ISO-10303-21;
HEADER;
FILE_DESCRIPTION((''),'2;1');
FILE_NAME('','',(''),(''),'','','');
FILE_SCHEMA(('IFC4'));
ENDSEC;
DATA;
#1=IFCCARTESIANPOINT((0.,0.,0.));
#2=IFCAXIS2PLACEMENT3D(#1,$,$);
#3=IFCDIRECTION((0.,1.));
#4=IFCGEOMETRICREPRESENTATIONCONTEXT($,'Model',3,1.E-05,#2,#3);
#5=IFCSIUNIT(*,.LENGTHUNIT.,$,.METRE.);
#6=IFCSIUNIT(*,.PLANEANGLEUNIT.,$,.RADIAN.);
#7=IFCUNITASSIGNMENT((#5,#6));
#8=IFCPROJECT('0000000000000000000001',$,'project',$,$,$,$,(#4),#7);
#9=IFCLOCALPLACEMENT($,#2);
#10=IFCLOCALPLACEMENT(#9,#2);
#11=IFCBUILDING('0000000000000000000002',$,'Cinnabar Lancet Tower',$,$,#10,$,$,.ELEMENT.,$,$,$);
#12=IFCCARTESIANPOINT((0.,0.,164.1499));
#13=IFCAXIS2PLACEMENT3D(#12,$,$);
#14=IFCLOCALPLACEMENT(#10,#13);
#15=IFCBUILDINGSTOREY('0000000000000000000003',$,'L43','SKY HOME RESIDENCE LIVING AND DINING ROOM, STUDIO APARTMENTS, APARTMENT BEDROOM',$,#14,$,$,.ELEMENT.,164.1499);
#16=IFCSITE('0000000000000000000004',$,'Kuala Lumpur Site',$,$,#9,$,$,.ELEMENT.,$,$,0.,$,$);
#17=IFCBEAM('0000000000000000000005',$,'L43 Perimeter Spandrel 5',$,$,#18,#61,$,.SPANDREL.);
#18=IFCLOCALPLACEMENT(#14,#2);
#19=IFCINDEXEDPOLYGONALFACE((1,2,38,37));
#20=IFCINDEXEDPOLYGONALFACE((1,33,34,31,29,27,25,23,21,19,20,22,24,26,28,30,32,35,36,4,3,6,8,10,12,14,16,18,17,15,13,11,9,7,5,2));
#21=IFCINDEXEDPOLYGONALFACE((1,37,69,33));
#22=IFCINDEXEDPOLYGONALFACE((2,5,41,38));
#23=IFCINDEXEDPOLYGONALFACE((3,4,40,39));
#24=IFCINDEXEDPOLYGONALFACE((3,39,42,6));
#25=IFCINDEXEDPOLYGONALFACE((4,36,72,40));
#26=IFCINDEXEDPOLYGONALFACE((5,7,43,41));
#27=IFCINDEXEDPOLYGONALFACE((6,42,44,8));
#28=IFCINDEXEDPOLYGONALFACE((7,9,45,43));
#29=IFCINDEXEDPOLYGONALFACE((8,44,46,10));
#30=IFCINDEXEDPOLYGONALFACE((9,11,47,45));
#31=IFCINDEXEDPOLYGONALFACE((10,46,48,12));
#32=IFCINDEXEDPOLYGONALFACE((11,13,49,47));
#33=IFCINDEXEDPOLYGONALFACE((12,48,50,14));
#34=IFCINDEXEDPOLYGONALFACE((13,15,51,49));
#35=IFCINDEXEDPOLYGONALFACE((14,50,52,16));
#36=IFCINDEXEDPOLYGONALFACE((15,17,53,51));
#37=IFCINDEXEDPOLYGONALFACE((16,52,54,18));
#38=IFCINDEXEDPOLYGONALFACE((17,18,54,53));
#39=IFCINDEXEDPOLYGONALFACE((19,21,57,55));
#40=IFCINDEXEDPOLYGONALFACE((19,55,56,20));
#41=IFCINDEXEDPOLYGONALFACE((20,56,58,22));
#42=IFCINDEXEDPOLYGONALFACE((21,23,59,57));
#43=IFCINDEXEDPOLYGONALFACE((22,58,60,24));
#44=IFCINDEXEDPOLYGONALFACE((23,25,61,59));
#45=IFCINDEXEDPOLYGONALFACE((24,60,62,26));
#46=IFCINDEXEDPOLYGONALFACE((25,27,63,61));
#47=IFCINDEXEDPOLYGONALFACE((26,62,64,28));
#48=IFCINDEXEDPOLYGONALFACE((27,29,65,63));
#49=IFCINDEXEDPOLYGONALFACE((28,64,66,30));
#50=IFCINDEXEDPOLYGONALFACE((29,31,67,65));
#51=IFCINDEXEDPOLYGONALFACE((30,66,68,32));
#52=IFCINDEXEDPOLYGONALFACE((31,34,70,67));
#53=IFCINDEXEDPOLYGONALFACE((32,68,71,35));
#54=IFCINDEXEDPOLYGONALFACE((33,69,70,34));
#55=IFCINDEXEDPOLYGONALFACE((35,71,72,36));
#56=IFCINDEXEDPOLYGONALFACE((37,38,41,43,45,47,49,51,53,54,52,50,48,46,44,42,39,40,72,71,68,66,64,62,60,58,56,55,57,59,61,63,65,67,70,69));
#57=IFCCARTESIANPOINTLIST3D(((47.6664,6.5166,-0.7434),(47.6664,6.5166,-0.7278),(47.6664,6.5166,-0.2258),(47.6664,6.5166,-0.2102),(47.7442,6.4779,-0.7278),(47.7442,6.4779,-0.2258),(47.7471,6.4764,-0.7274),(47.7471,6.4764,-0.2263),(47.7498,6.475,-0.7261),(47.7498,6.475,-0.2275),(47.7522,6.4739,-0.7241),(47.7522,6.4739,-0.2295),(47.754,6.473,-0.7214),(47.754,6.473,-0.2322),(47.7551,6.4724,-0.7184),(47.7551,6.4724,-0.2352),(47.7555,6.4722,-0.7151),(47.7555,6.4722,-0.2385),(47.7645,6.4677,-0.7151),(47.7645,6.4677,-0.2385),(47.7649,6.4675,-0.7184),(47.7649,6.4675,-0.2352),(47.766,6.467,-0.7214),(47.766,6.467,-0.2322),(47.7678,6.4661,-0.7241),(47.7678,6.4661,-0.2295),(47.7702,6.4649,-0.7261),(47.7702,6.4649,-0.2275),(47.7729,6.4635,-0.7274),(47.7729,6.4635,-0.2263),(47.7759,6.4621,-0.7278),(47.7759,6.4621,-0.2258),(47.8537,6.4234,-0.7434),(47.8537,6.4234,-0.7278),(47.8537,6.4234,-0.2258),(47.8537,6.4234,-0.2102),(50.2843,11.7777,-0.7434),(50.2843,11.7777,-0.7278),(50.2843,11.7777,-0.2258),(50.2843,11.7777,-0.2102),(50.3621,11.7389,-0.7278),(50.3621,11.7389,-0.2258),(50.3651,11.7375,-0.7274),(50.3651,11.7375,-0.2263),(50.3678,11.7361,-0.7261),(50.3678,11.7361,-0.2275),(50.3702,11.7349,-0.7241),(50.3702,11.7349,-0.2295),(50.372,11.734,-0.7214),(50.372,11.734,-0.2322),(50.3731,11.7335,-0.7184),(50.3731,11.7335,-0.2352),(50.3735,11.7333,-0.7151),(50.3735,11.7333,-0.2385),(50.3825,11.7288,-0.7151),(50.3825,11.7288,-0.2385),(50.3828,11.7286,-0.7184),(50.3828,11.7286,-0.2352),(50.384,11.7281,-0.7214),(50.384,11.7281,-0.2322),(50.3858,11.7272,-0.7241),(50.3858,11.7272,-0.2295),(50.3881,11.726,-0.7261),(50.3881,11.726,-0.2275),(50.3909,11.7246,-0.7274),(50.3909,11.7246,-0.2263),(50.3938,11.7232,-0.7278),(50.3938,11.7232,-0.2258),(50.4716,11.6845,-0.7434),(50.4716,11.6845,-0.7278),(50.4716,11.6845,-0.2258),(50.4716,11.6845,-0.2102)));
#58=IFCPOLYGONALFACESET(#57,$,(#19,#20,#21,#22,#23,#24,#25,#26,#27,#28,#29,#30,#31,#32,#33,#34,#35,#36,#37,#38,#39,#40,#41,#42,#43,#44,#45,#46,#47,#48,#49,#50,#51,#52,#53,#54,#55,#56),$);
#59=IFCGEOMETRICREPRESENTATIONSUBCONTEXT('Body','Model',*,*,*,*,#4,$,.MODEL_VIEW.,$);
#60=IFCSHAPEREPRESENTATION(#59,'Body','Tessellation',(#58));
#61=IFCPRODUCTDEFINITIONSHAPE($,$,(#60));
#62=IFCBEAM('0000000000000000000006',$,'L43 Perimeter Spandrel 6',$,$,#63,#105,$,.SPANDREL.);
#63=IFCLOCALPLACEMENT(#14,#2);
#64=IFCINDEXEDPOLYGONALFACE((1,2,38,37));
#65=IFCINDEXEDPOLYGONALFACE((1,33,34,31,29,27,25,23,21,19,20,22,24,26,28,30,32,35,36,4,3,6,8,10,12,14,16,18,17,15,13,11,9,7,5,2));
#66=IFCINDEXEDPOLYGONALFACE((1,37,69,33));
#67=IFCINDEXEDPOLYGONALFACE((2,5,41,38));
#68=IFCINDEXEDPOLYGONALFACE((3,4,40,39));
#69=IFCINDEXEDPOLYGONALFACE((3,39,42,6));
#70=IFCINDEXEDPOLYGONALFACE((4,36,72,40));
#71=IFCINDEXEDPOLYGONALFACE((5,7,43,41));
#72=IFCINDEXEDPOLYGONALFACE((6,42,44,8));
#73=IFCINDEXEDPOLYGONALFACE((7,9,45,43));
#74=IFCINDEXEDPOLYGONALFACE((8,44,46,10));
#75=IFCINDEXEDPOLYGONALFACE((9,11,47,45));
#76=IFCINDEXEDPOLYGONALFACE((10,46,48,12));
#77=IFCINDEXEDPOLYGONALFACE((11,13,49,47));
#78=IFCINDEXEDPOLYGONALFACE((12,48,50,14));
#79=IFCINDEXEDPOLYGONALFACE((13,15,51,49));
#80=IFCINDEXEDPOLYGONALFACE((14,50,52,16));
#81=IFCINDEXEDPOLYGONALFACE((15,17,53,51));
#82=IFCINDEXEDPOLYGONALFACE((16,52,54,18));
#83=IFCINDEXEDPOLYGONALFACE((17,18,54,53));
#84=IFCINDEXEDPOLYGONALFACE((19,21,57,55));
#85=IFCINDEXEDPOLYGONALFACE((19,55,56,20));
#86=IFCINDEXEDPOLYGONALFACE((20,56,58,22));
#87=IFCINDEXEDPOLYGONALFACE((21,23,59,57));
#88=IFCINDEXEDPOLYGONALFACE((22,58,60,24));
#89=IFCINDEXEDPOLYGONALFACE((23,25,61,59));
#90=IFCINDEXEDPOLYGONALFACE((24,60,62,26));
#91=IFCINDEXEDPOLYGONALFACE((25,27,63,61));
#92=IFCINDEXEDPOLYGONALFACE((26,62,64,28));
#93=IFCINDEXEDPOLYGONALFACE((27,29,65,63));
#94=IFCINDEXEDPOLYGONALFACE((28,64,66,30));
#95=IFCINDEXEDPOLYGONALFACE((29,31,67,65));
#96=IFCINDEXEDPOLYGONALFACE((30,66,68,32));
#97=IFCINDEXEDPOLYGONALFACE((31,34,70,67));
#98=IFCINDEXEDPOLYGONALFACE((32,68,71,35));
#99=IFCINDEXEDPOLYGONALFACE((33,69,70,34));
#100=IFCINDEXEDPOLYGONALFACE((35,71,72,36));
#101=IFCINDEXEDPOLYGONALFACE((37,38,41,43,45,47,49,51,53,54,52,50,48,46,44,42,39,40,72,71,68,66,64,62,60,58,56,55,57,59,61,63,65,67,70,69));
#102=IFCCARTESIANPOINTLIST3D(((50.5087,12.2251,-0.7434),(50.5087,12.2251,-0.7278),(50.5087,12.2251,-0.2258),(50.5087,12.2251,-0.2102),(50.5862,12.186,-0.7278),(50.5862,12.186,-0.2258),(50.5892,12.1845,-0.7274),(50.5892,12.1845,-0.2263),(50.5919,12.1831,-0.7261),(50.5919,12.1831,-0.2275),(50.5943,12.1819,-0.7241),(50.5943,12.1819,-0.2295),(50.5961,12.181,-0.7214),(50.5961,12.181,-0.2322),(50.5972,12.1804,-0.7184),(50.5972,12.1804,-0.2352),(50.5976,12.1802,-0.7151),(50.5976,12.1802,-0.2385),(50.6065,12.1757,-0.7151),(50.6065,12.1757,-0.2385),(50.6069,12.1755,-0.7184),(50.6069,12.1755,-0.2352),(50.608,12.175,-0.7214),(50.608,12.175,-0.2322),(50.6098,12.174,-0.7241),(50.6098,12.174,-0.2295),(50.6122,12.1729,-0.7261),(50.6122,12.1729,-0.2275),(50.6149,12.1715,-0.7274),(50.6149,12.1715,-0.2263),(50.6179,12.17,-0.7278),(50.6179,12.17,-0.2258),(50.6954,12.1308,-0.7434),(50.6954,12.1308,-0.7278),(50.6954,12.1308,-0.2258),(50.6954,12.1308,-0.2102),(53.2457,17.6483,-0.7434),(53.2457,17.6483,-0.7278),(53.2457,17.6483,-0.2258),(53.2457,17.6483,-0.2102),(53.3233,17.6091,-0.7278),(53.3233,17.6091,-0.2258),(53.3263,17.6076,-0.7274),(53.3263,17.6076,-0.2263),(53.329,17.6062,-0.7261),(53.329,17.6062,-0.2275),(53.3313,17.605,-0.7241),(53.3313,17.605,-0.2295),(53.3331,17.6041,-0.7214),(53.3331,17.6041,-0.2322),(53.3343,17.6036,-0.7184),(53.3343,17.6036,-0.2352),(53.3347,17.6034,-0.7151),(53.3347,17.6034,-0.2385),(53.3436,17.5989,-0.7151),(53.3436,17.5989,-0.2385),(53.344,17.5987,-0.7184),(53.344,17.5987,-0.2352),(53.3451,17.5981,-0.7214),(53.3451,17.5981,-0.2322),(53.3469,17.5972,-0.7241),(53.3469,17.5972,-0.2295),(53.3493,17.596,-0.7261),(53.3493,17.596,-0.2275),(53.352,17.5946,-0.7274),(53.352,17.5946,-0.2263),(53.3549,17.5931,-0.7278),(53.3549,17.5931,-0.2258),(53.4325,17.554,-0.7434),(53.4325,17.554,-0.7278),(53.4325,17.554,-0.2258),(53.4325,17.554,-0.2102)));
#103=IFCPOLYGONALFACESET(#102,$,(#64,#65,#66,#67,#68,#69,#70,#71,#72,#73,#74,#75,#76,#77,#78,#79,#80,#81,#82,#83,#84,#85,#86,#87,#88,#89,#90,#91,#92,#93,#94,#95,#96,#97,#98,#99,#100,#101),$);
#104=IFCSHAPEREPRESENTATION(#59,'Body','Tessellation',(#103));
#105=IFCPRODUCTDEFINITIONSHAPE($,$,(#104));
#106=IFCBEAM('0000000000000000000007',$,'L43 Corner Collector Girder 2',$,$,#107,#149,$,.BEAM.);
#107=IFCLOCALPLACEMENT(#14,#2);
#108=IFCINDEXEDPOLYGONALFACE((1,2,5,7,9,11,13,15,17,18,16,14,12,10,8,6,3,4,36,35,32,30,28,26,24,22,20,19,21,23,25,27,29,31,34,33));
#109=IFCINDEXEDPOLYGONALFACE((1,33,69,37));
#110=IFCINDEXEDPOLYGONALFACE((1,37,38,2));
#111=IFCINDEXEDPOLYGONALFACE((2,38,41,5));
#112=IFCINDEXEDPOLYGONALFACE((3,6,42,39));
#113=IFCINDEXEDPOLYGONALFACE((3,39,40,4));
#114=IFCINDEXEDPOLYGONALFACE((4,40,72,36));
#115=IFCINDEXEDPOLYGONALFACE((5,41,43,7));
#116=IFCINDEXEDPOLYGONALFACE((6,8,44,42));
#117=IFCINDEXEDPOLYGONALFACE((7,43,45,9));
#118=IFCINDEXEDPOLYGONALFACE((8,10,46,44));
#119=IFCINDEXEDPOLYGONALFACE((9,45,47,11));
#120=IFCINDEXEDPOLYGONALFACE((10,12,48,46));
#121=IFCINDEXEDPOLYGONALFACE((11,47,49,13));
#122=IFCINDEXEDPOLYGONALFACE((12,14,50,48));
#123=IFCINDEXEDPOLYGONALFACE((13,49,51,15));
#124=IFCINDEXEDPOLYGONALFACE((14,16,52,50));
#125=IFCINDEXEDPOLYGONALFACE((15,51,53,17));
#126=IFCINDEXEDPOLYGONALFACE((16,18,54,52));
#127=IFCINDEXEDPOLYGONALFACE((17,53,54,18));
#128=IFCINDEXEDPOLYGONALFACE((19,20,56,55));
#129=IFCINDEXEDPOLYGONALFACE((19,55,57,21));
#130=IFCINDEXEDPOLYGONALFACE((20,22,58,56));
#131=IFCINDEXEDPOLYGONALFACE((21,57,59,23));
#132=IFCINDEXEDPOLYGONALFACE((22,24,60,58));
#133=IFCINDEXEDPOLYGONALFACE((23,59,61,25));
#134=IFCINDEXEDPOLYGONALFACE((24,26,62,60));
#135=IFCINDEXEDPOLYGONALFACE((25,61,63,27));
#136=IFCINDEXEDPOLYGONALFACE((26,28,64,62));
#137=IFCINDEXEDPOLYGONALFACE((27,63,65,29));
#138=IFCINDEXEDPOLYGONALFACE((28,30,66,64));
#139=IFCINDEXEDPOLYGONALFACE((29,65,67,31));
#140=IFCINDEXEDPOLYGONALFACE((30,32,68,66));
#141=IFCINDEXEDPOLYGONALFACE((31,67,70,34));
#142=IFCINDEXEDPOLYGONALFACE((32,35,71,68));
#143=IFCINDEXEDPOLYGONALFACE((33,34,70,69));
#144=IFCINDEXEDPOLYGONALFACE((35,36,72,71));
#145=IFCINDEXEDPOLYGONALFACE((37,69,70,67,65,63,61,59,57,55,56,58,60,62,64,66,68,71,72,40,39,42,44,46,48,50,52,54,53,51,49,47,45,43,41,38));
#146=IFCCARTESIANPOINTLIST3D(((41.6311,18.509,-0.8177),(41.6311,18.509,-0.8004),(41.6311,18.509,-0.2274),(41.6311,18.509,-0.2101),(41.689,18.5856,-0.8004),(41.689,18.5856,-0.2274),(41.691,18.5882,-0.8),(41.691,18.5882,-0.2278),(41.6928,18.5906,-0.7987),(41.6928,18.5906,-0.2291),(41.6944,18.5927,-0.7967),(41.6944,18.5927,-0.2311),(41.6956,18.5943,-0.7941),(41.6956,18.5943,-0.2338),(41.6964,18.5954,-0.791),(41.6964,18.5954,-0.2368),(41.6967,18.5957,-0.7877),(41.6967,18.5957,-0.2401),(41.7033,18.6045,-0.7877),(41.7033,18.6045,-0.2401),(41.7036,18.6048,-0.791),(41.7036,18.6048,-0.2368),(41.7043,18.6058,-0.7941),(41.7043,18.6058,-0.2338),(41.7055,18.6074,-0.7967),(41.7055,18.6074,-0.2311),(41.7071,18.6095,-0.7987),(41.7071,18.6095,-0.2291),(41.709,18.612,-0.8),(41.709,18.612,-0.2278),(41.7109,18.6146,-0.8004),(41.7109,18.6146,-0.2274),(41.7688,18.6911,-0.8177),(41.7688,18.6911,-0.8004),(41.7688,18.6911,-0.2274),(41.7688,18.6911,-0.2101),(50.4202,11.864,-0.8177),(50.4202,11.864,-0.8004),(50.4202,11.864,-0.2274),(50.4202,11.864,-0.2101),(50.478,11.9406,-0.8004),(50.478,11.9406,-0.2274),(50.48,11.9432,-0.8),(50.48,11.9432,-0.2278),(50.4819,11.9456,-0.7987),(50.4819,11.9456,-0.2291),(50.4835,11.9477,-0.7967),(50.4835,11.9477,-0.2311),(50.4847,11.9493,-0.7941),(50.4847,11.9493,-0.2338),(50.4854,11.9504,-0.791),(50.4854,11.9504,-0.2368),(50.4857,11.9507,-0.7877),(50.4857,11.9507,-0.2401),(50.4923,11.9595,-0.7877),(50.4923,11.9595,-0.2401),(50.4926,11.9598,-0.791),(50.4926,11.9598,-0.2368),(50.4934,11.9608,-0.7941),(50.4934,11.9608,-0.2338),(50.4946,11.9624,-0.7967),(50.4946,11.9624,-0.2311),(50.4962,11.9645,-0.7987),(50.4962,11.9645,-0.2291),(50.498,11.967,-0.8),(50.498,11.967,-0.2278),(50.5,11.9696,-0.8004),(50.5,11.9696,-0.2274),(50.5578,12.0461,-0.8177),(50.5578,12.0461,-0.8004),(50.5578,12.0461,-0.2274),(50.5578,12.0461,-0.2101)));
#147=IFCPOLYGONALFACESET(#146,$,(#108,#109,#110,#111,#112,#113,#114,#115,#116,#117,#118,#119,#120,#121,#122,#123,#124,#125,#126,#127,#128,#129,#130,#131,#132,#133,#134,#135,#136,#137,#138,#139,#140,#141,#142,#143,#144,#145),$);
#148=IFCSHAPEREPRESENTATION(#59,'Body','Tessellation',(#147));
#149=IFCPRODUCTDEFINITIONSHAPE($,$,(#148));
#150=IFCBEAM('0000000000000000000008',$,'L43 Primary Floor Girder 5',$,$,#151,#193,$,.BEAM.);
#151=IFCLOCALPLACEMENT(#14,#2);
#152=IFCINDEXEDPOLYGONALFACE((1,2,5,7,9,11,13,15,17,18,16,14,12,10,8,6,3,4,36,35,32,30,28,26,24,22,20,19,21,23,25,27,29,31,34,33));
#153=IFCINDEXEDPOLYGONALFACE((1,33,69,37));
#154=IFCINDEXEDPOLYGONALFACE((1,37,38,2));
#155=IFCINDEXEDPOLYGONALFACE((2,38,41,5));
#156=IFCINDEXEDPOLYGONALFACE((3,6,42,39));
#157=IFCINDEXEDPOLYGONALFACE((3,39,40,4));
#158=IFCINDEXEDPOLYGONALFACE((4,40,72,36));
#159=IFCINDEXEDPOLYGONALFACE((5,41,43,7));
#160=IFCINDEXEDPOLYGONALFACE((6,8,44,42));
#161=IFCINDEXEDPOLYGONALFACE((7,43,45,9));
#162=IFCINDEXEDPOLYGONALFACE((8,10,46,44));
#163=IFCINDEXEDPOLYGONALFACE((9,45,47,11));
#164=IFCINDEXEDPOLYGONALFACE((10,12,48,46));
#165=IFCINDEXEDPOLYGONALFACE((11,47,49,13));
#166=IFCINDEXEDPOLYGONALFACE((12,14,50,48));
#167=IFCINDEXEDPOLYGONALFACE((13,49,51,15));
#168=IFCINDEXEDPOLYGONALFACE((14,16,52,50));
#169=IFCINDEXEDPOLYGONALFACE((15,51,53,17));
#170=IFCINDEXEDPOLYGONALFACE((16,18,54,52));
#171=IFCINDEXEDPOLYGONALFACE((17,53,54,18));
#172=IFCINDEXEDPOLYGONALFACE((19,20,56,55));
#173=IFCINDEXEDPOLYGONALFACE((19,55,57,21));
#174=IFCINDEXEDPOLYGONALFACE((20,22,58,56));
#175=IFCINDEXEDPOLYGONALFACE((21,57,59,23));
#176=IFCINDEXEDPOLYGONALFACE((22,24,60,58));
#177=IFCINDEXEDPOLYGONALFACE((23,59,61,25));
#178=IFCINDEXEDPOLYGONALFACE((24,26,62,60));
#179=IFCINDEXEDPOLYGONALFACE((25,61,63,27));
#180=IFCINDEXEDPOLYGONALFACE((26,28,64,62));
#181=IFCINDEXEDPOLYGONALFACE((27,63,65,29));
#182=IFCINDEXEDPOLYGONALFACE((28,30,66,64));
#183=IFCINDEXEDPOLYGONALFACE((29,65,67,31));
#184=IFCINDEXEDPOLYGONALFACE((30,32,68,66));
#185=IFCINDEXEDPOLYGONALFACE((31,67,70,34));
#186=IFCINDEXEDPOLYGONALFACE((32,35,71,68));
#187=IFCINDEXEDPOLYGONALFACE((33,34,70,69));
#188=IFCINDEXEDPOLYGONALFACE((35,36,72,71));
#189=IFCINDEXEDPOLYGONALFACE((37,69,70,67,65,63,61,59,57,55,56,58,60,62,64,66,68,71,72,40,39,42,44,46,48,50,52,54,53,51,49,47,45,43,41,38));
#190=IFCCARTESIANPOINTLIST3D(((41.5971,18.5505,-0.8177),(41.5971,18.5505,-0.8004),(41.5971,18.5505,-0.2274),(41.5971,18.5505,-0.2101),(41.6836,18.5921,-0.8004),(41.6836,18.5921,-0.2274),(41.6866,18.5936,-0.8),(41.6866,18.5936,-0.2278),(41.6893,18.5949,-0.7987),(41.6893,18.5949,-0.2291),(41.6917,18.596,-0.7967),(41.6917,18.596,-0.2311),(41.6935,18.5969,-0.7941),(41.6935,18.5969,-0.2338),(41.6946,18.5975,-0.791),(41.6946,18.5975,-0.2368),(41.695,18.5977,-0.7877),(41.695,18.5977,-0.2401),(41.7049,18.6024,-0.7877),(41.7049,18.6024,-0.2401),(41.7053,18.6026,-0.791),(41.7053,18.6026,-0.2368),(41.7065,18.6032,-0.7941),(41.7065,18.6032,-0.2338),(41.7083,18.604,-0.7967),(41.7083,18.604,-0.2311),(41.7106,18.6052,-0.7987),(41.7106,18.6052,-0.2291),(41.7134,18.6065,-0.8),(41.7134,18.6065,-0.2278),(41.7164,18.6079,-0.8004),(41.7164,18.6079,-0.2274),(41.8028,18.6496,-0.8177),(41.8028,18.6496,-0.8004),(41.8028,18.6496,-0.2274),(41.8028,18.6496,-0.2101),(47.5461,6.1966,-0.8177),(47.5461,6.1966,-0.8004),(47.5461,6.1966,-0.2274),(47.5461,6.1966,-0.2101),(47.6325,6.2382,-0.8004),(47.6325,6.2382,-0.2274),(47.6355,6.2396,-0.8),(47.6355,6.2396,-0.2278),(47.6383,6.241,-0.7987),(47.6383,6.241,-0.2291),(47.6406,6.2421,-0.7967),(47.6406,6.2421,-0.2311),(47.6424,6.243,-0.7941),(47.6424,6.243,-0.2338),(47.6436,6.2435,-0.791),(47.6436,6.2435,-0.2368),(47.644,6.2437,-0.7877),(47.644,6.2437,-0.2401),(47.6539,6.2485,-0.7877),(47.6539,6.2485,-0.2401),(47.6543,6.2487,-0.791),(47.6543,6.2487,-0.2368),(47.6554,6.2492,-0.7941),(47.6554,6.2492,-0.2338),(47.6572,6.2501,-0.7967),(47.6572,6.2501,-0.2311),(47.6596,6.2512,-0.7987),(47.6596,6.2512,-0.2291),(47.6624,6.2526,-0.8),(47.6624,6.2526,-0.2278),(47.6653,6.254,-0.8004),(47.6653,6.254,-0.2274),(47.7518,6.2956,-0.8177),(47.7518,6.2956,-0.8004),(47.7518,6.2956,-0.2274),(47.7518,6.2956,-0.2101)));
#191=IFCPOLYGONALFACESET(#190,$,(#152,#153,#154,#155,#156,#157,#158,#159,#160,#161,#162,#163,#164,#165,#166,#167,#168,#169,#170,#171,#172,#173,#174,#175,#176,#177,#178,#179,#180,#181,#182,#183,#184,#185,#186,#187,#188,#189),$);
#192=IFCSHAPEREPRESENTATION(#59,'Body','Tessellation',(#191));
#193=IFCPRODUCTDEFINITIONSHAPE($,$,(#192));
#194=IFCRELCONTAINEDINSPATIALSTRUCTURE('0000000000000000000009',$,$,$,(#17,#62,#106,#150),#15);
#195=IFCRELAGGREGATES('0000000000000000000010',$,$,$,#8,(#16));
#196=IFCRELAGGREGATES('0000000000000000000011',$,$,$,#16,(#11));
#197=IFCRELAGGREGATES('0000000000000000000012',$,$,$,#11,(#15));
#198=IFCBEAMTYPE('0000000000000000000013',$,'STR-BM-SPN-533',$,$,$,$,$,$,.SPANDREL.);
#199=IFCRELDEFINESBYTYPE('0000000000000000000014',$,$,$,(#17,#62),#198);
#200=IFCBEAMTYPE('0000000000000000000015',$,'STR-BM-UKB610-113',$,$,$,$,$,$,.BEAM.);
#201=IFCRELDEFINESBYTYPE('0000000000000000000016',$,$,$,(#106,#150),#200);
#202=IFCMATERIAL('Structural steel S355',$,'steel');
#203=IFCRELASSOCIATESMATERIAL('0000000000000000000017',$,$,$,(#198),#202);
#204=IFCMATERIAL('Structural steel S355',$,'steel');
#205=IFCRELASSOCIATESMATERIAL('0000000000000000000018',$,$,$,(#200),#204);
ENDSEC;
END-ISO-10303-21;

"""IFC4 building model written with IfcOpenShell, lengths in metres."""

from ifc_helpers import new_model, si_unit, direction, frame, origin, origin_2d, place, context, subcontext, project, spatial, i_section, extrude, material, material_profile, profile_set, type_object, element, save


model = new_model("IFC4")

# Units and contexts
model_context = context("Model", 3, precision=1e-05, world=origin(), true_north=direction((0.0, 1.0)))
body_context = subcontext(model_context, "Body", "Model", "MODEL_VIEW")
ifc_project = project(units=[si_unit("LENGTHUNIT", "METRE"), si_unit("PLANEANGLEUNIT", "RADIAN")], contexts=[model_context])

# Site, building, storey
site_placement = place(None, origin())
site = spatial("IfcSite", under=ifc_project, at=site_placement, Name="Kuala Lumpur Site", CompositionType="ELEMENT", RefElevation=0.0)
building_placement = place(site_placement, origin())
building = spatial("IfcBuilding", under=site, at=building_placement, Name="Cinnabar Lancet Tower", CompositionType="ELEMENT")
storey_placement = place(building_placement, frame((0.0, 0.0, 164.1499)))
storey = spatial("IfcBuildingStorey", under=building, at=storey_placement, Name="L43", Description="SKY HOME RESIDENCE LIVING AND DINING ROOM, STUDIO APARTMENTS, APARTMENT BEDROOM", CompositionType="ELEMENT", Elevation=164.1499)

# Beams
ifc_material_1 = material(Name="Structural steel S355", Category="steel")
ifc_material_profile_1 = material_profile(ifc_material_1, i_section(OverallWidth=0.2092, OverallDepth=0.5332, WebThickness=0.01, FlangeThickness=0.0156, FilletRadius=0.0127, at=origin_2d()), Name="UKB 533x210x92")
ifc_profile_set_1 = profile_set([ifc_material_profile_1], Name="Structural steel S355")
beam_type_1 = type_object("IfcBeamType", Name="STR-BM-SPN-533", PredefinedType="SPANDREL", material=ifc_profile_set_1)
beam_1_placement = place(storey_placement, frame((47.76, 6.47, -0.4768), z_axis=(0.445501, 0.895281, 0.0), x_axis=(-0.895281, 0.445501, 0.0)))
element("IfcBeam", 1, at=beam_1_placement, inside=storey, type_object=beam_type_1, Name="L43 Perimeter Spandrel 5", PredefinedType="SPANDREL", context=body_context, shape_type="SweptSolid", body=[
    extrude(i_section(OverallWidth=0.2092, OverallDepth=0.5332, WebThickness=0.01, FlangeThickness=0.0156, FilletRadius=0.0127, at=origin_2d()), origin(), (0.0, 0.0, 1.0), 5.8765),
])
beam_2_placement = place(storey_placement, frame((50.6021, 12.178, -0.4768), z_axis=(0.45057, 0.892741, 0.0), x_axis=(-0.892741, 0.45057, 0.0)))
element("IfcBeam", 2, at=beam_2_placement, inside=storey, type_object=beam_type_1, Name="L43 Perimeter Spandrel 6", PredefinedType="SPANDREL", context=body_context, shape_type="SweptSolid", body=[
    extrude(i_section(OverallWidth=0.2092, OverallDepth=0.5332, WebThickness=0.01, FlangeThickness=0.0156, FilletRadius=0.0127, at=origin_2d()), origin(), (0.0, 0.0, 1.0), 6.0747),
])
ifc_material_2 = material(Name="Structural steel S355", Category="steel")
ifc_material_profile_2 = material_profile(ifc_material_2, i_section(OverallWidth=0.2283, OverallDepth=0.6077, WebThickness=0.011, FlangeThickness=0.0173, FilletRadius=0.0127, at=origin_2d()), Name="UKB 610x229x113")
ifc_profile_set_2 = profile_set([ifc_material_profile_2], Name="Structural steel S355")
beam_type_2 = type_object("IfcBeamType", Name="STR-BM-UKB610-113", PredefinedType="BEAM", material=ifc_profile_set_2)
beam_3_placement = place(storey_placement, frame((50.489, 11.9551, -0.5139), z_axis=(-0.797675, 0.603087, 0.0), x_axis=(-0.603087, -0.797675, 0.0)))
element("IfcBeam", 3, at=beam_3_placement, inside=storey, type_object=beam_type_2, Name="L43 Corner Collector Girder 2", PredefinedType="BEAM", context=body_context, shape_type="SweptSolid", body=[
    extrude(i_section(OverallWidth=0.2283, OverallDepth=0.6077, WebThickness=0.011, FlangeThickness=0.0173, FilletRadius=0.0127, at=origin_2d()), origin(), (0.0, 0.0, 1.0), 11.0183),
])
beam_4_placement = place(storey_placement, frame((47.6489, 6.2461, -0.5139), z_axis=(-0.43386, 0.90098, 0.0), x_axis=(-0.90098, -0.43386, 0.0)))
element("IfcBeam", 4, at=beam_4_placement, inside=storey, type_object=beam_type_2, Name="L43 Primary Floor Girder 5", PredefinedType="BEAM", context=body_context, shape_type="SweptSolid", body=[
    extrude(i_section(OverallWidth=0.2283, OverallDepth=0.6077, WebThickness=0.011, FlangeThickness=0.0173, FilletRadius=0.0127, at=origin_2d()), origin(), (0.0, 0.0, 1.0), 13.7117),
])

save(model, "model.ifc")
